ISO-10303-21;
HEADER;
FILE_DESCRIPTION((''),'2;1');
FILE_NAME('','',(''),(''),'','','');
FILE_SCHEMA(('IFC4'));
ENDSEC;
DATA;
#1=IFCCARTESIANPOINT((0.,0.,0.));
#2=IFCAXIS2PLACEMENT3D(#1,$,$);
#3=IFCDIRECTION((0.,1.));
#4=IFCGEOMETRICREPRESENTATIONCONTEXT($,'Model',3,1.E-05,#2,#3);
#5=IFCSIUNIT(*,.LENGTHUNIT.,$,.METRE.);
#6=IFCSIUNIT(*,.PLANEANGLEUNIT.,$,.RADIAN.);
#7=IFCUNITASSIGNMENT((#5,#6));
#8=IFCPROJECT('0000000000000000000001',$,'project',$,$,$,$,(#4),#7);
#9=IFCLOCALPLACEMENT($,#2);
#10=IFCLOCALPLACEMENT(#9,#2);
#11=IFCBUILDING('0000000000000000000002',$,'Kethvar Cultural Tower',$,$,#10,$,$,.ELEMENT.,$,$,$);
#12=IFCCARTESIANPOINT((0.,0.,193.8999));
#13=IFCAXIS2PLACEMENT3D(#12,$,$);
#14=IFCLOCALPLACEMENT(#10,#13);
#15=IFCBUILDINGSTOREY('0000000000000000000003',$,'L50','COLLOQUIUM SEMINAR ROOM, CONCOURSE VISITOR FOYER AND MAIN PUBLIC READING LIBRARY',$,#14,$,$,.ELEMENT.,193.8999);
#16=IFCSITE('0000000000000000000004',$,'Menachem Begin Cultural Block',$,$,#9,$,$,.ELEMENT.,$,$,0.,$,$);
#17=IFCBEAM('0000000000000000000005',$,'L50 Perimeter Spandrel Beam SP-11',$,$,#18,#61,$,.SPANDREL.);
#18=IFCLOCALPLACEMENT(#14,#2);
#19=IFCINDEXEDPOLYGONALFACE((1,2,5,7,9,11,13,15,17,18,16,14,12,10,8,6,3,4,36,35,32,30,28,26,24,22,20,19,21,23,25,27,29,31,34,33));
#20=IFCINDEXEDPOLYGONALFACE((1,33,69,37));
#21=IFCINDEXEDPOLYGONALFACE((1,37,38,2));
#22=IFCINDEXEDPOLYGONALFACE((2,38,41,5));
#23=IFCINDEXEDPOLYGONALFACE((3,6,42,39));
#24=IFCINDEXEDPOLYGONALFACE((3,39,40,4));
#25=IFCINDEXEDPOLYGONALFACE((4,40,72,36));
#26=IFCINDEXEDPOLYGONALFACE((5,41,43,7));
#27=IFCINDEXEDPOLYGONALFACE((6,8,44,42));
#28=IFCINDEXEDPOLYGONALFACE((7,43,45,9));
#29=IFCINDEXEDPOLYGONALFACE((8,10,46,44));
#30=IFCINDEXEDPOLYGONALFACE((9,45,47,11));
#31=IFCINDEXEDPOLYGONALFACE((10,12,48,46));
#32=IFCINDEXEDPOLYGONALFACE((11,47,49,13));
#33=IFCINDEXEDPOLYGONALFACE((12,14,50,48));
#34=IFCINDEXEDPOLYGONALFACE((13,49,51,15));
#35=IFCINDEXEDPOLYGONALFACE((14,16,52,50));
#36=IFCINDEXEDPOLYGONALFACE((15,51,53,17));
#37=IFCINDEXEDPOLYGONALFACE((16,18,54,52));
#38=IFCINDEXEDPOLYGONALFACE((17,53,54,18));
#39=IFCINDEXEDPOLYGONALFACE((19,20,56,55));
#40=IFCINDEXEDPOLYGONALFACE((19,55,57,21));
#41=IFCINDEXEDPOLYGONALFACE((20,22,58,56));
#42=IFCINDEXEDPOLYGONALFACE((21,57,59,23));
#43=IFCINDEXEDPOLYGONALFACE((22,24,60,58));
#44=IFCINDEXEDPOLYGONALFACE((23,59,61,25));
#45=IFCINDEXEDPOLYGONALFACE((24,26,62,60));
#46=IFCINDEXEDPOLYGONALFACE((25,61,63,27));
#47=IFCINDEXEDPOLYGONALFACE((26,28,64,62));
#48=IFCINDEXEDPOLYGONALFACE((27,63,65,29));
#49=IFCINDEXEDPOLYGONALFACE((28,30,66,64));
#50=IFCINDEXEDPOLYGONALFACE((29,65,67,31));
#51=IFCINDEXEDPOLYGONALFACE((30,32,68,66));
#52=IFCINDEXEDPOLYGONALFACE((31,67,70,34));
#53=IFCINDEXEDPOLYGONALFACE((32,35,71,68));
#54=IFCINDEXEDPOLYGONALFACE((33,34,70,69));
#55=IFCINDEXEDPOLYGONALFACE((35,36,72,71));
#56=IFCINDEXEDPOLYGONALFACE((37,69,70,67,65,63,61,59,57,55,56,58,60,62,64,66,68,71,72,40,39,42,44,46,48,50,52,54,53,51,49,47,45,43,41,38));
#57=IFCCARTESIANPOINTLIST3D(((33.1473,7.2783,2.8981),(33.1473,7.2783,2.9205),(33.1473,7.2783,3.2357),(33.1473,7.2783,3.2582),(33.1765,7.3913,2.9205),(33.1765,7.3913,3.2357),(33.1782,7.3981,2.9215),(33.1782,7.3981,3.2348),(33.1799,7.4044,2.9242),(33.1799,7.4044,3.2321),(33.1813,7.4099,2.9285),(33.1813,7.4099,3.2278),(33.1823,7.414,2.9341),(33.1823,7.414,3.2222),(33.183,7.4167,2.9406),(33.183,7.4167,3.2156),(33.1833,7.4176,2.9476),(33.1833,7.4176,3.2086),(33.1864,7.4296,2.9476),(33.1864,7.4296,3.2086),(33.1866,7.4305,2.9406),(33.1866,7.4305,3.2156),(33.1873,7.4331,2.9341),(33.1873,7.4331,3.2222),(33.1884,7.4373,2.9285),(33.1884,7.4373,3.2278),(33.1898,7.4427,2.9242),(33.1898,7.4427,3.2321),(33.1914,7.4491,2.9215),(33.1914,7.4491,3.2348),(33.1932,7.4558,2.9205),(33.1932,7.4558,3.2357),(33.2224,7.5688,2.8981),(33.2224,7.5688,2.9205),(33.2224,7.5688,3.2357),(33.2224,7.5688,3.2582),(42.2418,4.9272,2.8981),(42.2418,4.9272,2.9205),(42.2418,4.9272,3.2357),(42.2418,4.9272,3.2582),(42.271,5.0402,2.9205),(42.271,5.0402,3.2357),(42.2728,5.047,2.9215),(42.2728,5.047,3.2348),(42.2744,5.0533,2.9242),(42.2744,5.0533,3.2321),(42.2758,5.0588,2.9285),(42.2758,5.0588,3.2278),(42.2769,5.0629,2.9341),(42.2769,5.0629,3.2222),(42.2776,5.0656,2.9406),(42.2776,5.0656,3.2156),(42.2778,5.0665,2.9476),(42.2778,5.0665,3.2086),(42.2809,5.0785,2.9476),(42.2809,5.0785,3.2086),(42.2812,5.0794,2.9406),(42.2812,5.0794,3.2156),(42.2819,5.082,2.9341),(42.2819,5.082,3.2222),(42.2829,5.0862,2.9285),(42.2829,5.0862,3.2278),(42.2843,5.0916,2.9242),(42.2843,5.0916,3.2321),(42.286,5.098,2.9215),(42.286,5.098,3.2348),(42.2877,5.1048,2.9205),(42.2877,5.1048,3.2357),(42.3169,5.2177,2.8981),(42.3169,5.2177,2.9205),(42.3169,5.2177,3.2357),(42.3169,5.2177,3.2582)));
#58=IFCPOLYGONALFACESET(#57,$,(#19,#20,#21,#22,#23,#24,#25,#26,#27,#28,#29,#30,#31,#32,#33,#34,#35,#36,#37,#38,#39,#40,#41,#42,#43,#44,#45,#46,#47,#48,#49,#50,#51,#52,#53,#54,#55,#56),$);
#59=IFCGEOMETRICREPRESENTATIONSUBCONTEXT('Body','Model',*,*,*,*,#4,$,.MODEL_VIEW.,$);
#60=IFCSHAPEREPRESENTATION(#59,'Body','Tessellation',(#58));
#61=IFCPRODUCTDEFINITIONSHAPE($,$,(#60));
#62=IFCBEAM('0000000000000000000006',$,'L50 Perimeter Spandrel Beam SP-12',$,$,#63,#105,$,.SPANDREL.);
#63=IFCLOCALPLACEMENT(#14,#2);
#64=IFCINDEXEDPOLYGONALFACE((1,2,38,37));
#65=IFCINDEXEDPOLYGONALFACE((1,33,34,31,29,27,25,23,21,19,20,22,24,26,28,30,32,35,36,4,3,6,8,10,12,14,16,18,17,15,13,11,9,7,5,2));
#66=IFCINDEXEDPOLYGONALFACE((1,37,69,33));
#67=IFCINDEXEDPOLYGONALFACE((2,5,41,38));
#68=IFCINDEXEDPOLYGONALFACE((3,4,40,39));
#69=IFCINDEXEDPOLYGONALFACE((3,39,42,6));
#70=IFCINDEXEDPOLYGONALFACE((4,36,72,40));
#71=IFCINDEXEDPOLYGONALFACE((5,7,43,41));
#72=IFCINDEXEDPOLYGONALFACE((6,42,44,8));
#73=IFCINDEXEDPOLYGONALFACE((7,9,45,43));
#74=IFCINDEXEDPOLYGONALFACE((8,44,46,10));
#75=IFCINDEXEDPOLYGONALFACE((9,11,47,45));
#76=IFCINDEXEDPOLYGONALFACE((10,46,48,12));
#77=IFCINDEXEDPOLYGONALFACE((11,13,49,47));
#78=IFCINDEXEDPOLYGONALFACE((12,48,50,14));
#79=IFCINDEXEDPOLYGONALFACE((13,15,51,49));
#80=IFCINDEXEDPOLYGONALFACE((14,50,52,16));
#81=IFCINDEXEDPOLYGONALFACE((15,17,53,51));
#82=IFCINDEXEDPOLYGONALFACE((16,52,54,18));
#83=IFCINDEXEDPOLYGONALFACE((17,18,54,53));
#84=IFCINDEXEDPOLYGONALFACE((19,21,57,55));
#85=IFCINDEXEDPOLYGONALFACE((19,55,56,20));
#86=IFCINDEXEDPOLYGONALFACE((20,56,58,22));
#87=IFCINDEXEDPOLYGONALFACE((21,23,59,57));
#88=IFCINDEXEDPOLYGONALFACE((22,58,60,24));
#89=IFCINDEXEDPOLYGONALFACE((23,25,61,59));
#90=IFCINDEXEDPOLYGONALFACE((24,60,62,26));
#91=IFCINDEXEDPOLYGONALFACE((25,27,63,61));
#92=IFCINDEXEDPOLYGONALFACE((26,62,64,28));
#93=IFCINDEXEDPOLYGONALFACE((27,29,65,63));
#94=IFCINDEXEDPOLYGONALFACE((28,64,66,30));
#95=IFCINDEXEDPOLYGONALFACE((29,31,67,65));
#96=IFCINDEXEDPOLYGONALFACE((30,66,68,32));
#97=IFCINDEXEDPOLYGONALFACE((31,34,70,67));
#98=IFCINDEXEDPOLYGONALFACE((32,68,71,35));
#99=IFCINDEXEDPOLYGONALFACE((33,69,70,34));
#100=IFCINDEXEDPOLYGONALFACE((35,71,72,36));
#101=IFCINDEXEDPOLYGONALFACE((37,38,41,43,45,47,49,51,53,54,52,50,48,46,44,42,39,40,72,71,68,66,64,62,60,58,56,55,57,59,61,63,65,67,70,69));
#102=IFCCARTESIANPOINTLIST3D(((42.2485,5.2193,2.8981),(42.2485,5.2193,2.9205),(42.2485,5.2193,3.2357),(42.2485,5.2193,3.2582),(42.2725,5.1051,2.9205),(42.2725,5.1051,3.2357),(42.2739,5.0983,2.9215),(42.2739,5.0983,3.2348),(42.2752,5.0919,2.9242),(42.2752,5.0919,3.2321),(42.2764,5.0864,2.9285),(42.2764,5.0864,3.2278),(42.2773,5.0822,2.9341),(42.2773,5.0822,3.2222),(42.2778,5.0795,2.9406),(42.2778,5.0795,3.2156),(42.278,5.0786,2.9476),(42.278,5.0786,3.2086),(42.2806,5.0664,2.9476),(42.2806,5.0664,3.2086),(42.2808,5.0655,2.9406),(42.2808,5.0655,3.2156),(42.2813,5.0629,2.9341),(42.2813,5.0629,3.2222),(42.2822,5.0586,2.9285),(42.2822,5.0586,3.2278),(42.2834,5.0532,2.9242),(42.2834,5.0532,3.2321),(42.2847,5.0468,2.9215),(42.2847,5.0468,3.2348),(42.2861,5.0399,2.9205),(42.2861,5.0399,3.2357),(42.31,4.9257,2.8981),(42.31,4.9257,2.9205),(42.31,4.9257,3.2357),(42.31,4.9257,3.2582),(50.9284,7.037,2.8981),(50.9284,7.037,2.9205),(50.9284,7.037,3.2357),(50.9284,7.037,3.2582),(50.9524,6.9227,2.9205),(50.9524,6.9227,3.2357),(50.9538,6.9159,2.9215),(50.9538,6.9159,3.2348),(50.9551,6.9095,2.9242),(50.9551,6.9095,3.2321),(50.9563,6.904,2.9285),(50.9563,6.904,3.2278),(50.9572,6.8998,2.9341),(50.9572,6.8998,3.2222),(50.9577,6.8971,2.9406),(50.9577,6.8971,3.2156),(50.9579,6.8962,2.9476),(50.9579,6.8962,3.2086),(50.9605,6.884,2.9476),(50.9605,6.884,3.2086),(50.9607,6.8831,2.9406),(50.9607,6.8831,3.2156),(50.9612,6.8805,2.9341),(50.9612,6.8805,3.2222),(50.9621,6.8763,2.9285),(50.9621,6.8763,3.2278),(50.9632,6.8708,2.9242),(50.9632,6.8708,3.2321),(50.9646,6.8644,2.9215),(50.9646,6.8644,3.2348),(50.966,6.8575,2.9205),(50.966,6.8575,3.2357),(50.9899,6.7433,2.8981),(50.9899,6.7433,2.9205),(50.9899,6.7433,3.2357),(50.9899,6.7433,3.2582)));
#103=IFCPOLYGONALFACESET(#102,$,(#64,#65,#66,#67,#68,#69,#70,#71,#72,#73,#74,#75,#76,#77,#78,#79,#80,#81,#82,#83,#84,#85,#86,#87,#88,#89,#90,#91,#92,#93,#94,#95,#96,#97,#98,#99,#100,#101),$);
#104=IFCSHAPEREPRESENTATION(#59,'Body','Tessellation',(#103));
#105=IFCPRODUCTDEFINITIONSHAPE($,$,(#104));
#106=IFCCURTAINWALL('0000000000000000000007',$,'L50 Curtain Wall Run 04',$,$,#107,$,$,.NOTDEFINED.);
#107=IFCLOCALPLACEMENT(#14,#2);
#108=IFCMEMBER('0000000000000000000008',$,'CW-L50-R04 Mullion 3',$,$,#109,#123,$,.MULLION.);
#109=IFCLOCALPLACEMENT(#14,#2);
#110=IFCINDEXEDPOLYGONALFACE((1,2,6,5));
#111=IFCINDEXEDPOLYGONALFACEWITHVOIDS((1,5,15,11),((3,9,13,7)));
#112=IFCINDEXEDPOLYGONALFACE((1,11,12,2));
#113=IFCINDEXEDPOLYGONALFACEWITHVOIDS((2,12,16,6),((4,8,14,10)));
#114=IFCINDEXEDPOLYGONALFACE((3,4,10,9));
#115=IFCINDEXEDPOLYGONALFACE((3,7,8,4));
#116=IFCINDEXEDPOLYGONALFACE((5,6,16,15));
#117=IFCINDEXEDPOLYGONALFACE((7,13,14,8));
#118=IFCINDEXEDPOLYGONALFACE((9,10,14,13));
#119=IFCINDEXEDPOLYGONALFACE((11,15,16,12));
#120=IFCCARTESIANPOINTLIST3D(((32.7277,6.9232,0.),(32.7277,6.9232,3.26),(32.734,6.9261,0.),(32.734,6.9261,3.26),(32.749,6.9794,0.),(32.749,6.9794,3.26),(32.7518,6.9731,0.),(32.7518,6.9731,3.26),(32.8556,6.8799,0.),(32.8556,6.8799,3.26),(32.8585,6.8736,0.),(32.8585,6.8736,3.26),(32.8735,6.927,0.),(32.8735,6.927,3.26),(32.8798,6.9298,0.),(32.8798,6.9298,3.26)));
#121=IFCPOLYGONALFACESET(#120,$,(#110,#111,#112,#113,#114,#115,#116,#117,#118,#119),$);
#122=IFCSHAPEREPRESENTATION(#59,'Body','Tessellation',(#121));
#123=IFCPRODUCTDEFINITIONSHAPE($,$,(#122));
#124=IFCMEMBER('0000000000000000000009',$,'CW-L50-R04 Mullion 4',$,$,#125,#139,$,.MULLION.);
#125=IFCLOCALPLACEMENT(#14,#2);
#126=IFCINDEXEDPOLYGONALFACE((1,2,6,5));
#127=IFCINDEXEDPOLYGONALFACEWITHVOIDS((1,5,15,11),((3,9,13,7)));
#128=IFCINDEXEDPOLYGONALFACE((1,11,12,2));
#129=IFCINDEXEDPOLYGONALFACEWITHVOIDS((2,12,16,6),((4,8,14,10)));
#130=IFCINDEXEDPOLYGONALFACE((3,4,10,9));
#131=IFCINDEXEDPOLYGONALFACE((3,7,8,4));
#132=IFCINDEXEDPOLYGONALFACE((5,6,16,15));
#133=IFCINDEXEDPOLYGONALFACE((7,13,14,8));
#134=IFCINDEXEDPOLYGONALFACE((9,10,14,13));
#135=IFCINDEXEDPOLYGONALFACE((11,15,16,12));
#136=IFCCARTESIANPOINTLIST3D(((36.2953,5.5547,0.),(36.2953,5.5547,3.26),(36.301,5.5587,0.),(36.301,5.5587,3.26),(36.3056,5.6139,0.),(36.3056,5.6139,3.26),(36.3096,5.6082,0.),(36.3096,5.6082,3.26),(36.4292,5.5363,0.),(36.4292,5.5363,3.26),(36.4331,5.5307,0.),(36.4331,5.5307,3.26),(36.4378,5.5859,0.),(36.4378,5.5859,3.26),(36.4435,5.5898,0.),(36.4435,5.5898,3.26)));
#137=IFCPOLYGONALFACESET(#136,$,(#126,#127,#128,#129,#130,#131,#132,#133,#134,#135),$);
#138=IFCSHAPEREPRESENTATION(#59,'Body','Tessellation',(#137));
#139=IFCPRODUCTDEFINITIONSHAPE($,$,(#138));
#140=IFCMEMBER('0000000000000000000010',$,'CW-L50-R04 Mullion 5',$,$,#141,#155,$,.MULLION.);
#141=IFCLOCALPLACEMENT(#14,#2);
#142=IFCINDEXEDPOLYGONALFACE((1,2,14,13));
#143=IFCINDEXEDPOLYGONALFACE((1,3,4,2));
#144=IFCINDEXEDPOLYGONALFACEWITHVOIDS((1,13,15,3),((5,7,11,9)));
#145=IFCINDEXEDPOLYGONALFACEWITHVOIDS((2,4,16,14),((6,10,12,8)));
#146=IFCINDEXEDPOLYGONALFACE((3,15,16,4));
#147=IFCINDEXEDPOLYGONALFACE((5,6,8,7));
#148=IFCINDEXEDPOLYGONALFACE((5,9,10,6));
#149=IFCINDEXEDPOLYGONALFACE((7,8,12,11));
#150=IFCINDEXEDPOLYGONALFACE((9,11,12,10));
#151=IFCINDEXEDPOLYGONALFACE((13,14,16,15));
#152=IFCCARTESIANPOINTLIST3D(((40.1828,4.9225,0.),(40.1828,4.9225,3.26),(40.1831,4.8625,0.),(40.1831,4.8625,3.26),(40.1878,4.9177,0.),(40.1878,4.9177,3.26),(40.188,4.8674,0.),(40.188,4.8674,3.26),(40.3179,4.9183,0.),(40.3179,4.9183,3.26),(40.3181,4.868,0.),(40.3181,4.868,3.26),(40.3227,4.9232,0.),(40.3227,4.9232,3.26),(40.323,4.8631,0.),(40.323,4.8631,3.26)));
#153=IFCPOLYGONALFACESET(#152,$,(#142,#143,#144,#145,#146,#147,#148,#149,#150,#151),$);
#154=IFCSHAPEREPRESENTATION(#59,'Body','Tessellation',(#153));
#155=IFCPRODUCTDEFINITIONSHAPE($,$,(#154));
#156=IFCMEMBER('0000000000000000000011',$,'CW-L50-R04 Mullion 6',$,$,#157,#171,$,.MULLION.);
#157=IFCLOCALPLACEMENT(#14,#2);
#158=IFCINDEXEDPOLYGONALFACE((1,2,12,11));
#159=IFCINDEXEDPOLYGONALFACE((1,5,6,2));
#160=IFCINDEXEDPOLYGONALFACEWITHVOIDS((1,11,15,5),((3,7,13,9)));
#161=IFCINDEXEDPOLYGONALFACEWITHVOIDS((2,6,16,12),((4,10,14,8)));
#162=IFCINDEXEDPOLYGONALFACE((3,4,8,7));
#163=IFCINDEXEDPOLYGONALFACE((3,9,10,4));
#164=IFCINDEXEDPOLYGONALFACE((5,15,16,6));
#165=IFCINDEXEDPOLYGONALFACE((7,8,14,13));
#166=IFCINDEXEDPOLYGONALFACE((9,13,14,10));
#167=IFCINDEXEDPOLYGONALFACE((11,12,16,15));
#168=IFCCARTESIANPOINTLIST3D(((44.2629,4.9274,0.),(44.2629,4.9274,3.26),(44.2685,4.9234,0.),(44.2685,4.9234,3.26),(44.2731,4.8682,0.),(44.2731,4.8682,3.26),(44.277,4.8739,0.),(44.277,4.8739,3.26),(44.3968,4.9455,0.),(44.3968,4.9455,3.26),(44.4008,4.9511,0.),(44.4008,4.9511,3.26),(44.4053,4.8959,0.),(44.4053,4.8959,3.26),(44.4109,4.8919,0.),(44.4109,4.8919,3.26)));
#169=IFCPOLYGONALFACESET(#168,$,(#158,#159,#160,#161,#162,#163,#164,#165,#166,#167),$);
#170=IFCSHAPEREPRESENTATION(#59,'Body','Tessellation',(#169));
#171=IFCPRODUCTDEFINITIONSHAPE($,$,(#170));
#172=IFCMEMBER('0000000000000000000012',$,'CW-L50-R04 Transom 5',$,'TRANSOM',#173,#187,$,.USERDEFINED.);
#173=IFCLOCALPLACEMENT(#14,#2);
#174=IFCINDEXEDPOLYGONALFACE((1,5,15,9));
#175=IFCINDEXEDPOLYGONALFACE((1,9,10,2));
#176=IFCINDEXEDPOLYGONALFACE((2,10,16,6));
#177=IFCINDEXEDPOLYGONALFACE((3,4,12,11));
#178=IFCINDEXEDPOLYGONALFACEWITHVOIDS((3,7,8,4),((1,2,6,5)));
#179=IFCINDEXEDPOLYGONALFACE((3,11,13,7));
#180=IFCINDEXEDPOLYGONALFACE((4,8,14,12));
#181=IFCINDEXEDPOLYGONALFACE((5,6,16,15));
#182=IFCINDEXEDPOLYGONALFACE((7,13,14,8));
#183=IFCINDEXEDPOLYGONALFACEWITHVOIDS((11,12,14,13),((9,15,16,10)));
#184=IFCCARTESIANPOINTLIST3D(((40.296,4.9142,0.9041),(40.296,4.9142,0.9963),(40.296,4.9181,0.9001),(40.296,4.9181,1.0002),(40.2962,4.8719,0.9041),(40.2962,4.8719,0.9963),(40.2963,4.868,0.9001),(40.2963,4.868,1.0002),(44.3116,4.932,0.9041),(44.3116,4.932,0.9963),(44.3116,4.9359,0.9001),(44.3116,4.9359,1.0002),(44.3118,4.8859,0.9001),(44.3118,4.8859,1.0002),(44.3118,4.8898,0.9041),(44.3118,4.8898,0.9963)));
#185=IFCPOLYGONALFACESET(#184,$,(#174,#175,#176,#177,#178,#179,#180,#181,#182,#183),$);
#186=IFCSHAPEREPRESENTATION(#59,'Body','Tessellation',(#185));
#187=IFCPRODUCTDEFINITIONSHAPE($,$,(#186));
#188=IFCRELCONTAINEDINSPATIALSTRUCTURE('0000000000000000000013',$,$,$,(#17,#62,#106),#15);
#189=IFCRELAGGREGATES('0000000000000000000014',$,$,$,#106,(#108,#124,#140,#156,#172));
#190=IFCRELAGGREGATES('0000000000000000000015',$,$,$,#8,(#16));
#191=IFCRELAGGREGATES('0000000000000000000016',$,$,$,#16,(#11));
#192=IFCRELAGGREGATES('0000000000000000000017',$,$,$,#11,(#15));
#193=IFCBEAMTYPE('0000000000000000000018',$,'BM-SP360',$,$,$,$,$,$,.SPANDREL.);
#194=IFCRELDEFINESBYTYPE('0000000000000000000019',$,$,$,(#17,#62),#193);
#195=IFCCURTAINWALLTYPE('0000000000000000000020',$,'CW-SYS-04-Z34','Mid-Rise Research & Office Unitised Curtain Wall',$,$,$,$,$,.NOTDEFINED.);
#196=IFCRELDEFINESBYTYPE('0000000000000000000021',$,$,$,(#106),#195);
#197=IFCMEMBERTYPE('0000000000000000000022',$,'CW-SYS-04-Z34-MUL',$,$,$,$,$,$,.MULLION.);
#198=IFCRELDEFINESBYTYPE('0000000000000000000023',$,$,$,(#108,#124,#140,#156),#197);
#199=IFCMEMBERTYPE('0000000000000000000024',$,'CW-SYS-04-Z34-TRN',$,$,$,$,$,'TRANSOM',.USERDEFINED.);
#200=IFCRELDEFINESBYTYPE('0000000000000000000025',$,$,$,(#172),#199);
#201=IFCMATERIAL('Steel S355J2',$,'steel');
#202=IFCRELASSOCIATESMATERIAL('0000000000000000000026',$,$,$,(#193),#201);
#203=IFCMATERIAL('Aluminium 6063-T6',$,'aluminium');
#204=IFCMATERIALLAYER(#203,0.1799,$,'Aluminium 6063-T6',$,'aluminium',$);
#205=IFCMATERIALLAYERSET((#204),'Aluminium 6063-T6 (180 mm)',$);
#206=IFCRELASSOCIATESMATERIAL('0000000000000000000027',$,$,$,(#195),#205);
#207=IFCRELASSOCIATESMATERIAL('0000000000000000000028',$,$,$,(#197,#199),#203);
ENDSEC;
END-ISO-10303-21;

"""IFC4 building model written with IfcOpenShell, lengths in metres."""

from ifc_helpers import new_model, si_unit, direction, frame, origin, origin_2d, place, context, subcontext, project, spatial, hollow_rectangle, i_section, extrude, source, transform, mapped, material, layer, layer_set, material_profile, profile_set, type_object, element, aggregate, save


model = new_model("IFC4")

# Units and contexts
model_context = context("Model", 3, precision=1e-05, world=origin(), true_north=direction((0.0, 1.0)))
body_context = subcontext(model_context, "Body", "Model", "MODEL_VIEW")
ifc_project = project(units=[si_unit("LENGTHUNIT", "METRE"), si_unit("PLANEANGLEUNIT", "RADIAN")], contexts=[model_context])

# Site, building, storey
site_placement = place(None, origin())
site = spatial("IfcSite", under=ifc_project, at=site_placement, Name="Menachem Begin Cultural Block", CompositionType="ELEMENT", RefElevation=0.0)
building_placement = place(site_placement, origin())
building = spatial("IfcBuilding", under=site, at=building_placement, Name="Kethvar Cultural Tower", CompositionType="ELEMENT")
storey_placement = place(building_placement, frame((0.0, 0.0, 193.8999)))
storey = spatial("IfcBuildingStorey", under=building, at=storey_placement, Name="L50", Description="COLLOQUIUM SEMINAR ROOM, CONCOURSE VISITOR FOYER AND MAIN PUBLIC READING LIBRARY", CompositionType="ELEMENT", Elevation=193.8999)

# Beams
ifc_material_1 = material(Name="Steel S355J2", Category="steel")
ifc_material_profile_1 = material_profile(ifc_material_1, i_section(OverallWidth=0.3, OverallDepth=0.3601, WebThickness=0.0125, FlangeThickness=0.0225, FilletRadius=0.0271, at=origin_2d()), Name="Steel S355J2 — HEB360")
ifc_profile_set_1 = profile_set([ifc_material_profile_1], Name="Steel S355J2 — HEB360")
beam_type_1 = type_object("IfcBeamType", Name="BM-SP360", PredefinedType="SPANDREL", material=ifc_profile_set_1)
shared_shape_1 = source(origin(), body_context, "Body", "SweptSolid", [
    extrude(i_section(OverallWidth=0.3, OverallDepth=0.3601, WebThickness=0.0125, FlangeThickness=0.0225, FilletRadius=0.0271, at=origin_2d()), origin(), (0.0, 0.0, 1.0), 9.3936),
])
beam_1_placement = place(storey_placement, frame((33.1848, 7.4236, 3.0781), z_axis=(0.968171, -0.250288, 0.0), x_axis=(0.250288, 0.968171, 0.0)))
element("IfcBeam", 1, at=beam_1_placement, inside=storey, type_object=beam_type_1, Name="L50 Perimeter Spandrel Beam SP-11", PredefinedType="SPANDREL", context=body_context, shape_type="MappedRepresentation", body=[
    mapped(shared_shape_1, transform((0.0, 0.0, 0.0), scale=1.0)),
])
shared_shape_2 = source(origin(), body_context, "Body", "SweptSolid", [
    extrude(i_section(OverallWidth=0.3, OverallDepth=0.3601, WebThickness=0.0125, FlangeThickness=0.0225, FilletRadius=0.0271, at=origin_2d()), origin(), (0.0, 0.0, 1.0), 8.8682),
])
beam_2_placement = place(storey_placement, frame((42.2793, 5.0725, 3.0781), z_axis=(0.97877, 0.20496, 0.0), x_axis=(-0.20496, 0.97877, 0.0)))
element("IfcBeam", 2, at=beam_2_placement, inside=storey, type_object=beam_type_1, Name="L50 Perimeter Spandrel Beam SP-12", PredefinedType="SPANDREL", context=body_context, shape_type="MappedRepresentation", body=[
    mapped(shared_shape_2, transform((0.0, 0.0, 0.0), scale=1.0)),
])

# Curtain wall, members
ifc_material_2 = material(Name="Aluminium 6063-T6", Category="aluminium")
ifc_layer_1 = layer(ifc_material_2, 0.1799, Name="Aluminium 6063-T6", Category="aluminium")
ifc_layer_set_1 = layer_set([ifc_layer_1], Name="Aluminium 6063-T6 (180 mm)")
curtain_wall_type = type_object("IfcCurtainWallType", Name="CW-SYS-04-Z34", Description="Mid-Rise Research & Office Unitised Curtain Wall", PredefinedType="NOTDEFINED", material=ifc_layer_set_1)
curtain_wall_placement = place(storey_placement, origin())
curtain_wall = element("IfcCurtainWall", 3, at=curtain_wall_placement, inside=storey, type_object=curtain_wall_type, Name="L50 Curtain Wall Run 04", PredefinedType="NOTDEFINED")
ifc_material_profile_2 = material_profile(ifc_material_2, hollow_rectangle(XDim=0.0601, YDim=0.1399, WallThickness=0.0049, at=origin_2d()), Name="Aluminium 6063-T6 — RHS140x60x5")
ifc_profile_set_2 = profile_set([ifc_material_profile_2], Name="Aluminium 6063-T6 — RHS140x60x5")
member_type_1 = type_object("IfcMemberType", Name="CW-SYS-04-Z34-MUL", PredefinedType="MULLION", material=ifc_profile_set_2)
shared_shape_3 = source(origin(), body_context, "Body", "SweptSolid", [
    extrude(hollow_rectangle(XDim=0.0601, YDim=0.1399, WallThickness=0.0049, at=origin_2d()), origin(), (0.0, 0.0, 1.0), 3.26),
])
member_1_placement = place(storey_placement, frame((32.8037, 6.9265, 0.0), z_axis=(0.0, 0.0, 1.0), x_axis=(0.354568, 0.93503, 0.0)))
member_1 = element("IfcMember", 4, at=member_1_placement, type_object=member_type_1, Name="CW-L50-R04 Mullion 3", PredefinedType="MULLION", context=body_context, shape_type="MappedRepresentation", body=[
    mapped(shared_shape_3, transform((0.0, 0.0, 0.0), scale=1.0)),
])
member_2_placement = place(storey_placement, frame((36.3694, 5.5723, 0.0), z_axis=(0.0, 0.0, 1.0), x_axis=(0.171878, 0.985118, 0.0)))
member_2 = element("IfcMember", 5, at=member_2_placement, type_object=member_type_1, Name="CW-L50-R04 Mullion 4", PredefinedType="MULLION", context=body_context, shape_type="MappedRepresentation", body=[
    mapped(shared_shape_3, transform((0.0, 0.0, 0.0), scale=1.0)),
])
member_3_placement = place(storey_placement, frame((40.2529, 4.8928, 0.0), z_axis=(0.0, 0.0, 1.0), x_axis=(-0.004468, 0.99999, 0.0)))
member_3 = element("IfcMember", 6, at=member_3_placement, type_object=member_type_1, Name="CW-L50-R04 Mullion 5", PredefinedType="MULLION", context=body_context, shape_type="MappedRepresentation", body=[
    mapped(shared_shape_3, transform((0.0, 0.0, 0.0), scale=1.0)),
])
member_4_placement = place(storey_placement, frame((44.3369, 4.9097, 0.0), z_axis=(0.0, 0.0, 1.0), x_axis=(-0.169229, 0.985577, 0.0)))
member_4 = element("IfcMember", 7, at=member_4_placement, type_object=member_type_1, Name="CW-L50-R04 Mullion 6", PredefinedType="MULLION", context=body_context, shape_type="MappedRepresentation", body=[
    mapped(shared_shape_3, transform((0.0, 0.0, 0.0), scale=1.0)),
])
ifc_material_profile_3 = material_profile(ifc_material_2, hollow_rectangle(XDim=0.05, YDim=0.1001, WallThickness=0.0039, at=origin_2d()), Name="Aluminium 6063-T6 — RHS100x50x4")
ifc_profile_set_3 = profile_set([ifc_material_profile_3], Name="Aluminium 6063-T6 — RHS100x50x4")
member_type_2 = type_object("IfcMemberType", Name="CW-SYS-04-Z34-TRN", ElementType="TRANSOM", PredefinedType="USERDEFINED", material=ifc_profile_set_3)
shared_shape_4 = source(origin(), body_context, "Body", "SweptSolid", [
    extrude(hollow_rectangle(XDim=0.05, YDim=0.1001, WallThickness=0.0039, at=origin_2d()), origin(), (0.0, 0.0, 1.0), 4.0156),
])
member_5_placement = place(storey_placement, frame((40.2961, 4.8931, 0.9502), z_axis=(0.99999, 0.004438, 0.0), x_axis=(-0.004438, 0.99999, 0.0)))
member_5 = element("IfcMember", 8, at=member_5_placement, type_object=member_type_2, Name="CW-L50-R04 Transom 5", ObjectType="TRANSOM", PredefinedType="USERDEFINED", context=body_context, shape_type="MappedRepresentation", body=[
    mapped(shared_shape_4, transform((0.0, 0.0, 0.0), scale=1.0)),
])
aggregate(curtain_wall, [member_1, member_2, member_3, member_4, member_5])

save(model, "model.ifc")
